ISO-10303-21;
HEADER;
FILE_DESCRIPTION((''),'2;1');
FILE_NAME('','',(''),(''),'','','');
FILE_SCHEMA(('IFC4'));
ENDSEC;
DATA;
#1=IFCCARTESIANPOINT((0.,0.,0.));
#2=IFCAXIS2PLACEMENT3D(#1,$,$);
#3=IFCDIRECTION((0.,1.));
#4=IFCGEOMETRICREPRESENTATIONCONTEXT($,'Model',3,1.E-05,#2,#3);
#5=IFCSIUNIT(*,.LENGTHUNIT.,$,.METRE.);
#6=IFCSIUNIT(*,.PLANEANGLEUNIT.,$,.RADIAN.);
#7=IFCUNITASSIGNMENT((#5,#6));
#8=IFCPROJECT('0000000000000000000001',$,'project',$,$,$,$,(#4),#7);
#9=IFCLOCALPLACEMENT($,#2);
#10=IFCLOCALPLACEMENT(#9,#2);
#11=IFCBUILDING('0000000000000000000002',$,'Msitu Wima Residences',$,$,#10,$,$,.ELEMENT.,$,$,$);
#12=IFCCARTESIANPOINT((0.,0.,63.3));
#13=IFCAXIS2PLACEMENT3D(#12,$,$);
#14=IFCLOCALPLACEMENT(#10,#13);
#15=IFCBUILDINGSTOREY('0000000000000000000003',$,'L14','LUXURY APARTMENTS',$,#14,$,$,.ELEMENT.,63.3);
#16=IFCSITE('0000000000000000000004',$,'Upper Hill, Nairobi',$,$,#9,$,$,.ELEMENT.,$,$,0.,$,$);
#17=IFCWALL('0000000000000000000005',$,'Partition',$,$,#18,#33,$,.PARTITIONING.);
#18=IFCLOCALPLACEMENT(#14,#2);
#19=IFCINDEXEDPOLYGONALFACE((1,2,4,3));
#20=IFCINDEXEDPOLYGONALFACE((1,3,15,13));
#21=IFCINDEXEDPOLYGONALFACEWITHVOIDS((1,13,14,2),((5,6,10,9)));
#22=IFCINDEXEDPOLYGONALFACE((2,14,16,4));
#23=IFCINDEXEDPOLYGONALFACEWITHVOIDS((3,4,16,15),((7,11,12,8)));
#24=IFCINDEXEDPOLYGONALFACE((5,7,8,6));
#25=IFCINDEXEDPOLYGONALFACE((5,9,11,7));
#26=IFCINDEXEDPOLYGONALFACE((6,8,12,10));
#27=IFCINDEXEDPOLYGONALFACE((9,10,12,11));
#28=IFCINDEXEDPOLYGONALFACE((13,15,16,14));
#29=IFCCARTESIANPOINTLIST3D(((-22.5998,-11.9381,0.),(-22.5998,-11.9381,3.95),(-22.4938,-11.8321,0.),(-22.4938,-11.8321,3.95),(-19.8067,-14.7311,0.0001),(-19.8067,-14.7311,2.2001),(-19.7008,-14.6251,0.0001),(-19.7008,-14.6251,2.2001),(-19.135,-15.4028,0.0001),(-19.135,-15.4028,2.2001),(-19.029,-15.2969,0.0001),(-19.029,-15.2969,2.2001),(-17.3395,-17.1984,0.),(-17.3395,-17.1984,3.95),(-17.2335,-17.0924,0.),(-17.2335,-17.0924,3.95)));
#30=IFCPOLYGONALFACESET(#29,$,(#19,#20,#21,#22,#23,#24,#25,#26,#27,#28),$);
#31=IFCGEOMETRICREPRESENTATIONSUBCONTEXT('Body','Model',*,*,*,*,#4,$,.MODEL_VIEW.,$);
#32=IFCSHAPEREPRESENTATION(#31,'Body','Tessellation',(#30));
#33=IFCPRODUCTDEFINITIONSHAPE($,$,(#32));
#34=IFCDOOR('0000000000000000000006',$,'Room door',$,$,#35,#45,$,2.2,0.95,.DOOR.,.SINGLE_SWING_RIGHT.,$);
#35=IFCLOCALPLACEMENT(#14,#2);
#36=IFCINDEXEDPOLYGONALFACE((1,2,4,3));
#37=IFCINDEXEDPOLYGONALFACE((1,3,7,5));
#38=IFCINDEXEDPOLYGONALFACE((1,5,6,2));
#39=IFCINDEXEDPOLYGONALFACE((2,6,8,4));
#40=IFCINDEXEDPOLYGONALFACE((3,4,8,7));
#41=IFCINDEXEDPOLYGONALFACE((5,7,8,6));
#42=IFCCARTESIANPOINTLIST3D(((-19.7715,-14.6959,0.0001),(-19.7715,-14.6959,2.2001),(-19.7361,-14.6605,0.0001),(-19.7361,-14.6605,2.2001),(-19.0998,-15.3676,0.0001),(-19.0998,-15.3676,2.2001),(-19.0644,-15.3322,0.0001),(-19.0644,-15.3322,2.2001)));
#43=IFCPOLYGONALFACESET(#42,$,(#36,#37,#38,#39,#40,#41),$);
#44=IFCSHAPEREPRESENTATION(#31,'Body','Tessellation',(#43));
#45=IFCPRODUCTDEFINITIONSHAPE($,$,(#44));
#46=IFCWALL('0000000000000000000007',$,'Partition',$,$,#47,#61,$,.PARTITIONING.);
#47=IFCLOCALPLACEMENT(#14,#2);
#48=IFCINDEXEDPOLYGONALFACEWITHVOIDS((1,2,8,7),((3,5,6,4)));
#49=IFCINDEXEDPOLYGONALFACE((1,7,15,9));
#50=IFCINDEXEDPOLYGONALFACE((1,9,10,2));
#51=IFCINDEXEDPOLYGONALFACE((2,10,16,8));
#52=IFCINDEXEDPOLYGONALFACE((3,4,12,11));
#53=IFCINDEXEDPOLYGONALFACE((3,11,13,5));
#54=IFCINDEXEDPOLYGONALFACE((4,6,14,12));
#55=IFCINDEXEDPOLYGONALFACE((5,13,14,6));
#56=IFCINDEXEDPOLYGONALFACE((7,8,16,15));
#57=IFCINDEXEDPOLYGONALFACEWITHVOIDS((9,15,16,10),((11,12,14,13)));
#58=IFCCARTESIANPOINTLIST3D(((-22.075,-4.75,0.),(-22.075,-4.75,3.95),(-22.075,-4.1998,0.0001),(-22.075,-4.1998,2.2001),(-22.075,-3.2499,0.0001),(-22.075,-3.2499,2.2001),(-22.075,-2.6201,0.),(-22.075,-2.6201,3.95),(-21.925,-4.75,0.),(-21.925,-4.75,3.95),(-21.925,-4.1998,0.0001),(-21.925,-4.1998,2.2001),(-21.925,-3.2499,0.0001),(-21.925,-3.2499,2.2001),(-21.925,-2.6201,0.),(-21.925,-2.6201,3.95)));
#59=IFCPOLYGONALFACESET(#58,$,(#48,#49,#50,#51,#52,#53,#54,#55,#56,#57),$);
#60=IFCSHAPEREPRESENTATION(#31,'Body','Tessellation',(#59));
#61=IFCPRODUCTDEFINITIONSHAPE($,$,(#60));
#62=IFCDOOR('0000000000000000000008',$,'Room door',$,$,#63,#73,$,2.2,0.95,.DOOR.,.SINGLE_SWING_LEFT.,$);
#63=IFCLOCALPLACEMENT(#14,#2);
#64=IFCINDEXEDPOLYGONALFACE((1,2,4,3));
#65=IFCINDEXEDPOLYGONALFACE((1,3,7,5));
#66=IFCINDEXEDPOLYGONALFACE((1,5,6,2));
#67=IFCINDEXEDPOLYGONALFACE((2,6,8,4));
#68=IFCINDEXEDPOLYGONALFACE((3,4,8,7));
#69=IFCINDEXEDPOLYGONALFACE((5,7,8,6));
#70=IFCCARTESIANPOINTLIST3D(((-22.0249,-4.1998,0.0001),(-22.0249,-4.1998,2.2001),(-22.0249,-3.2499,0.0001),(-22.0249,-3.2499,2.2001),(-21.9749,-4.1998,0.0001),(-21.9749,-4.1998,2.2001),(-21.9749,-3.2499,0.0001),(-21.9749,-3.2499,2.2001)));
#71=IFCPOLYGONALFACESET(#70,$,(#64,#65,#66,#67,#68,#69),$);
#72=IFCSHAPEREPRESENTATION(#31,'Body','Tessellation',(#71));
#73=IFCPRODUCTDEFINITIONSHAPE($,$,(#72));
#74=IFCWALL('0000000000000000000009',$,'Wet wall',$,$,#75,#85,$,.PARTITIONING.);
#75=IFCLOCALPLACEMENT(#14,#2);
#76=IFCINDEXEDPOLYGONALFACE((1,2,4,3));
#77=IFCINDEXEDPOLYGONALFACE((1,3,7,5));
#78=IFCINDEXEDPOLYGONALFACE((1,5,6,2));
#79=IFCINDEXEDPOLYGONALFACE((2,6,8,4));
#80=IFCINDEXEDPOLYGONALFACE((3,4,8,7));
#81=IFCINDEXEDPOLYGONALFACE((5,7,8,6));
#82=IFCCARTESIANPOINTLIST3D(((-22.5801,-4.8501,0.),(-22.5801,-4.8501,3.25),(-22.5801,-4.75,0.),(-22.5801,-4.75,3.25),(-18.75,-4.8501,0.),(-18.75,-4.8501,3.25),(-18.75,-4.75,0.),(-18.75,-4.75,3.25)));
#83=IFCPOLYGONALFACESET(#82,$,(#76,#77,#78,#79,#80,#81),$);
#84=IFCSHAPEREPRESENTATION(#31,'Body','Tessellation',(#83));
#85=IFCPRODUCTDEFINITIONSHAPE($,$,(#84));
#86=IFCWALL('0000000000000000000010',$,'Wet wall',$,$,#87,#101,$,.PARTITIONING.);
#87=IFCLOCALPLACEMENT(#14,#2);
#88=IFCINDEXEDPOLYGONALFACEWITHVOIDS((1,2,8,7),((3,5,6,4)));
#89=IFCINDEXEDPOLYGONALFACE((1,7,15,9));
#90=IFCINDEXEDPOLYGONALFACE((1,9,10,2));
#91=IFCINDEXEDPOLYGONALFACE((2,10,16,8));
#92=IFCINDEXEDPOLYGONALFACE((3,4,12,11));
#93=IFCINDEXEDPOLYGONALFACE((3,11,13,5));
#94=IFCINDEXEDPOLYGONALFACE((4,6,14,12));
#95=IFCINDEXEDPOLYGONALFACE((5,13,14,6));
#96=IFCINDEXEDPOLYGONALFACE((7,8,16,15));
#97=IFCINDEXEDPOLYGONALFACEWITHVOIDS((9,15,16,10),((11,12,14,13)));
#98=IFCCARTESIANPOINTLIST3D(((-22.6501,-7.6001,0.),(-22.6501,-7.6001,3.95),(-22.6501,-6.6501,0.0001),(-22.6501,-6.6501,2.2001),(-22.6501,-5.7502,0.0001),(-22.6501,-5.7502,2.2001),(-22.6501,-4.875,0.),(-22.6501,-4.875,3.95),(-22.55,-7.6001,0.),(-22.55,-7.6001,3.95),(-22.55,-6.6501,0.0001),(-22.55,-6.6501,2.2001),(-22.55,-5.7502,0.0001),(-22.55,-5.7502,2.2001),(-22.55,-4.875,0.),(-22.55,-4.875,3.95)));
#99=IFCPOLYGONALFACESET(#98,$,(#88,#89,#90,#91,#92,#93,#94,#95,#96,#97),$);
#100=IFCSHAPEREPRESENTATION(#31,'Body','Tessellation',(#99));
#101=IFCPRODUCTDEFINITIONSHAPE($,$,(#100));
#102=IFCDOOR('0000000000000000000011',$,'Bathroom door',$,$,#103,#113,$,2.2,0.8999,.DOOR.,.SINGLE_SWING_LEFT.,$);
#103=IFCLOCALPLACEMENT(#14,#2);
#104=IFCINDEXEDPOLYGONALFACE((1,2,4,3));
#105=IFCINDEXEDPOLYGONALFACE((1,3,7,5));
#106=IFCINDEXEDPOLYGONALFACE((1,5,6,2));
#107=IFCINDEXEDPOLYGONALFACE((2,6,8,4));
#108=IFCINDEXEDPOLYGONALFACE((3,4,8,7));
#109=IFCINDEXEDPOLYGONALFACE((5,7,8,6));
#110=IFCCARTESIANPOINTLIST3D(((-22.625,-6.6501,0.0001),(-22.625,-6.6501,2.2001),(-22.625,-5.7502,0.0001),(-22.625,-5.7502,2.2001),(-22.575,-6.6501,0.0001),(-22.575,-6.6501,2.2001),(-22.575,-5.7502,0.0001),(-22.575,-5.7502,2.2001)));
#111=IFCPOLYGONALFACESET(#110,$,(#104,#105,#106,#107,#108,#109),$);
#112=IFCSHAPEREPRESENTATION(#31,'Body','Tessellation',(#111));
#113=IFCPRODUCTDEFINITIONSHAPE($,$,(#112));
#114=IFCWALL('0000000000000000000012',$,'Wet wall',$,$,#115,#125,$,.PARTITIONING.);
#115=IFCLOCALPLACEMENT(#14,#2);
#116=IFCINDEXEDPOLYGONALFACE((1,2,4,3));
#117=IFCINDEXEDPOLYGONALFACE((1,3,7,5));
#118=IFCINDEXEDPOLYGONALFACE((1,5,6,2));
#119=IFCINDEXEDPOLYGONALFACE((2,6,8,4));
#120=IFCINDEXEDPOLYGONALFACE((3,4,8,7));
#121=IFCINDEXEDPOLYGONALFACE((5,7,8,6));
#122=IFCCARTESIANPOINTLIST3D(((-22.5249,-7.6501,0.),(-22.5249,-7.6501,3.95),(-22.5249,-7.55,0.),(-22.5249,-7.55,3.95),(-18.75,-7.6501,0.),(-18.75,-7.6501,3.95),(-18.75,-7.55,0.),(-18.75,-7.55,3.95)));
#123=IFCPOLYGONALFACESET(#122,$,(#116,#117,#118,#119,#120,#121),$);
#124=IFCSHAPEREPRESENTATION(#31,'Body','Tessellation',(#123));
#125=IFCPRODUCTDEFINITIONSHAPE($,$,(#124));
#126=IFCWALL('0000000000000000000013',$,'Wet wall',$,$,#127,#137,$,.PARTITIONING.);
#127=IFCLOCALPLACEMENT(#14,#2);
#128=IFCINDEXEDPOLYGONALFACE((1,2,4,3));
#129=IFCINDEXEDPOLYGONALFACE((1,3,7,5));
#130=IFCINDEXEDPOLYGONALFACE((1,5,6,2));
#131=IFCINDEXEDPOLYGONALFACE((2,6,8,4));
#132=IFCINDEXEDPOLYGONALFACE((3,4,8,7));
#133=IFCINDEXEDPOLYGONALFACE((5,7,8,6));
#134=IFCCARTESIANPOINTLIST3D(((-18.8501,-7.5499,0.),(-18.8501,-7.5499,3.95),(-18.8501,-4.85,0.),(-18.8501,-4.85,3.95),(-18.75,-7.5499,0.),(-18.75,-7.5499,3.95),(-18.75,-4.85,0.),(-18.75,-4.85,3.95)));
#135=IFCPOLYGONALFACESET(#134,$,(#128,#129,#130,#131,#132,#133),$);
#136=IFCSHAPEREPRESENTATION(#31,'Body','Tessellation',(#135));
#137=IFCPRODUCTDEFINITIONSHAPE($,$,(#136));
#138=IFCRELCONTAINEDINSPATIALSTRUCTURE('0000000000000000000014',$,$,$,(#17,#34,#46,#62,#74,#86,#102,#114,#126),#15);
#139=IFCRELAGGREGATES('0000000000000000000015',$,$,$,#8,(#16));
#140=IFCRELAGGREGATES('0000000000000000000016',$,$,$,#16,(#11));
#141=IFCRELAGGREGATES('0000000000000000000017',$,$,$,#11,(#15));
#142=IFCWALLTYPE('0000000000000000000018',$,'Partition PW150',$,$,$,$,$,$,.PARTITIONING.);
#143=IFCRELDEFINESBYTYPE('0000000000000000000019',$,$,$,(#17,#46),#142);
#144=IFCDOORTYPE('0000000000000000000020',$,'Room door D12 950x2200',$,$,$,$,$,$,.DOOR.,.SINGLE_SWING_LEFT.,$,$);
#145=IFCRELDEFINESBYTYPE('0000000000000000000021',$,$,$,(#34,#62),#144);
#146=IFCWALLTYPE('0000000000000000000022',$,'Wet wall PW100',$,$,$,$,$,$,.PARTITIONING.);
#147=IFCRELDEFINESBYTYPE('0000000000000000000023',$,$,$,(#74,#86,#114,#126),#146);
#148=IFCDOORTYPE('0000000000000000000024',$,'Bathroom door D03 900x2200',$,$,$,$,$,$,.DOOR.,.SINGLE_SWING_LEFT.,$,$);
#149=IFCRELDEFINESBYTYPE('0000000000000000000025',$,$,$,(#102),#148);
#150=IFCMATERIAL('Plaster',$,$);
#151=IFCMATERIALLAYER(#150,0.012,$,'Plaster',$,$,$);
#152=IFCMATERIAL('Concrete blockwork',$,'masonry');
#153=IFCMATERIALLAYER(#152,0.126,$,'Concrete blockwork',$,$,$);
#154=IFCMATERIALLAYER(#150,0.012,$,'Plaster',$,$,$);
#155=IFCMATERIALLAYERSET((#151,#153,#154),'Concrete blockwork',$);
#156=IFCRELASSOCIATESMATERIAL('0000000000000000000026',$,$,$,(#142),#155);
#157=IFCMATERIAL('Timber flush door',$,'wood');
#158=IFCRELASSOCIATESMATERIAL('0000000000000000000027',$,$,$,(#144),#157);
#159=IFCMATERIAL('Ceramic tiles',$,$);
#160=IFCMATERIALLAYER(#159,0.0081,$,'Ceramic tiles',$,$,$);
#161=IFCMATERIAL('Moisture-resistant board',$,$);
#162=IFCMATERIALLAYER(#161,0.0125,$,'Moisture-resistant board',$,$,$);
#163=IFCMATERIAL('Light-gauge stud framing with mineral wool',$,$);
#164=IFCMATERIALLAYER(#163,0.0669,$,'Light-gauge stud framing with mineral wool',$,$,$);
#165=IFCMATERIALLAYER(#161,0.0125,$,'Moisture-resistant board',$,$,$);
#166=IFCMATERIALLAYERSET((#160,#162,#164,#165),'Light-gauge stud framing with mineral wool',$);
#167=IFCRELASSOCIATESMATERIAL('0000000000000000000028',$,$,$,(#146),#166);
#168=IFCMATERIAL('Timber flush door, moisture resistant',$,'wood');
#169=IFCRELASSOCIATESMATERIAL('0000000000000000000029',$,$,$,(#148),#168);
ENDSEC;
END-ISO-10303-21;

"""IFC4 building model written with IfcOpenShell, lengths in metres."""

from ifc_helpers import new_model, si_unit, direction, frame, frame_2d, origin, place, context, subcontext, project, spatial, rectangle, extrude, material, layer, layer_set, type_object, element, fill, save


model = new_model("IFC4")

# Units and contexts
model_context = context("Model", 3, precision=1e-05, world=origin(), true_north=direction((0.0, 1.0)))
body_context = subcontext(model_context, "Body", "Model", "MODEL_VIEW")
ifc_project = project(units=[si_unit("LENGTHUNIT", "METRE"), si_unit("PLANEANGLEUNIT", "RADIAN")], contexts=[model_context])

# Site, building, storey
site_placement = place(None, origin())
site = spatial("IfcSite", under=ifc_project, at=site_placement, Name="Upper Hill, Nairobi", CompositionType="ELEMENT", RefElevation=0.0)
building_placement = place(site_placement, origin())
building = spatial("IfcBuilding", under=site, at=building_placement, Name="Msitu Wima Residences", CompositionType="ELEMENT")
storey_placement = place(building_placement, frame((0.0, 0.0, 63.3)))
storey = spatial("IfcBuildingStorey", under=building, at=storey_placement, Name="L14", Description="LUXURY APARTMENTS", CompositionType="ELEMENT", Elevation=63.3)

# Shared definitions
ifc_material_1 = material(Name="Plaster")
ifc_material_2 = material(Name="Concrete blockwork", Category="masonry")

# Shared definitions
ifc_layer_1 = layer(ifc_material_1, 0.012, Name="Plaster")
ifc_layer_2 = layer(ifc_material_2, 0.126, Name="Concrete blockwork")
ifc_layer_3 = layer(ifc_material_1, 0.012, Name="Plaster")
ifc_layer_set_1 = layer_set([ifc_layer_1, ifc_layer_2, ifc_layer_3], Name="Concrete blockwork")
wall_type_1 = type_object("IfcWallType", Name="Partition PW150", PredefinedType="PARTITIONING", material=ifc_layer_set_1)

# Shared definitions
ifc_material_3 = material(Name="Timber flush door", Category="wood")
door_type_1 = type_object("IfcDoorType", Name="Room door D12 950x2200", OperationType="SINGLE_SWING_LEFT", PredefinedType="DOOR", material=ifc_material_3)

# Walls, openings, doors
wall_1_placement = place(storey_placement, frame((-22.5469, -11.885, 0.0), z_axis=(0.0, 0.0, 1.0), x_axis=(0.707107, -0.707107, 0.0)))
wall_1 = element("IfcWall", 1, at=wall_1_placement, inside=storey, type_object=wall_type_1, Name="Partition", PredefinedType="PARTITIONING", context=body_context, shape_type="SweptSolid", body=[
    extrude(rectangle(XDim=7.4392, YDim=0.1499, at=frame_2d((3.7197, 0.0))), origin(), (0.0, 0.0, 1.0), 3.95),
])
opening_1_placement = place(wall_1_placement, frame((3.95, 0.0, 0.0)))
opening_1 = element("IfcOpeningElement", 2, at=opening_1_placement, cuts=wall_1, PredefinedType="OPENING", context=body_context, shape_type="SweptSolid", body=[
    extrude(rectangle(XDim=0.95, YDim=2.2, at=frame_2d((0.4751, 1.1001))), frame((0.0, 0.085, 0.0), z_axis=(0.0, -1.0, 0.0), x_axis=(1.0, 0.0, 0.0)), (0.0, 0.0, 1.0), 0.1699),
])
door_1_placement = place(opening_1_placement, origin())
door_1 = element("IfcDoor", 3, at=door_1_placement, inside=storey, type_object=door_type_1, Name="Room door", OperationType="SINGLE_SWING_RIGHT", OverallHeight=2.2, OverallWidth=0.95, PredefinedType="DOOR", context=body_context, shape_type="SweptSolid", body=[
    extrude(rectangle(XDim=0.95, YDim=2.2, at=frame_2d((0.4751, 1.1001))), frame((0.0, 0.0249, 0.0), z_axis=(0.0, -1.0, 0.0), x_axis=(1.0, 0.0, 0.0)), (0.0, 0.0, 1.0), 0.05),
])
fill(opening_1, door_1)
wall_2_placement = place(storey_placement, frame((-22.0, -4.75, 0.0), z_axis=(0.0, 0.0, 1.0), x_axis=(0.0, 1.0, 0.0)))
wall_2 = element("IfcWall", 4, at=wall_2_placement, inside=storey, type_object=wall_type_1, Name="Partition", PredefinedType="PARTITIONING", context=body_context, shape_type="SweptSolid", body=[
    extrude(rectangle(XDim=2.1299, YDim=0.1499, at=frame_2d((1.0649, 0.0))), origin(), (0.0, 0.0, 1.0), 3.95),
])
opening_2_placement = place(wall_2_placement, frame((0.55, 0.0, 0.0)))
opening_2 = element("IfcOpeningElement", 5, at=opening_2_placement, cuts=wall_2, PredefinedType="OPENING", context=body_context, shape_type="SweptSolid", body=[
    extrude(rectangle(XDim=0.95, YDim=2.2, at=frame_2d((0.4751, 1.1001))), frame((0.0, 0.085, 0.0), z_axis=(0.0, -1.0, 0.0), x_axis=(1.0, 0.0, 0.0)), (0.0, 0.0, 1.0), 0.1699),
])
door_2_placement = place(opening_2_placement, origin())
door_2 = element("IfcDoor", 6, at=door_2_placement, inside=storey, type_object=door_type_1, Name="Room door", OperationType="SINGLE_SWING_LEFT", OverallHeight=2.2, OverallWidth=0.95, PredefinedType="DOOR", context=body_context, shape_type="SweptSolid", body=[
    extrude(rectangle(XDim=0.95, YDim=2.2, at=frame_2d((0.4751, 1.1001))), frame((0.0, 0.0249, 0.0), z_axis=(0.0, -1.0, 0.0), x_axis=(1.0, 0.0, 0.0)), (0.0, 0.0, 1.0), 0.05),
])
fill(opening_2, door_2)

# Wall
ifc_material_4 = material(Name="Ceramic tiles")
ifc_layer_4 = layer(ifc_material_4, 0.0081, Name="Ceramic tiles")
ifc_material_5 = material(Name="Moisture-resistant board")
ifc_layer_5 = layer(ifc_material_5, 0.0125, Name="Moisture-resistant board")
ifc_material_6 = material(Name="Light-gauge stud framing with mineral wool")
ifc_layer_6 = layer(ifc_material_6, 0.0669, Name="Light-gauge stud framing with mineral wool")
ifc_layer_7 = layer(ifc_material_5, 0.0125, Name="Moisture-resistant board")
ifc_layer_set_2 = layer_set([ifc_layer_4, ifc_layer_5, ifc_layer_6, ifc_layer_7], Name="Light-gauge stud framing with mineral wool")
wall_type_2 = type_object("IfcWallType", Name="Wet wall PW100", PredefinedType="PARTITIONING", material=ifc_layer_set_2)
wall_3_placement = place(storey_placement, frame((-22.5801, -4.8, 0.0), z_axis=(0.0, 0.0, 1.0), x_axis=(1.0, 0.0, 0.0)))
element("IfcWall", 7, at=wall_3_placement, inside=storey, type_object=wall_type_2, Name="Wet wall", PredefinedType="PARTITIONING", context=body_context, shape_type="SweptSolid", body=[
    extrude(rectangle(XDim=3.8301, YDim=0.1001, at=frame_2d((1.915, 0.0))), origin(), (0.0, 0.0, 1.0), 3.25),
])

# Wall, opening, door
wall_4_placement = place(storey_placement, frame((-22.6001, -7.6001, 0.0), z_axis=(0.0, 0.0, 1.0), x_axis=(0.0, 1.0, 0.0)))
wall_4 = element("IfcWall", 8, at=wall_4_placement, inside=storey, type_object=wall_type_2, Name="Wet wall", PredefinedType="PARTITIONING", context=body_context, shape_type="SweptSolid", body=[
    extrude(rectangle(XDim=2.7251, YDim=0.1001, at=frame_2d((1.3625, 0.0))), origin(), (0.0, 0.0, 1.0), 3.95),
])
opening_3_placement = place(wall_4_placement, frame((0.95, 0.0, 0.0)))
opening_3 = element("IfcOpeningElement", 9, at=opening_3_placement, cuts=wall_4, PredefinedType="OPENING", context=body_context, shape_type="SweptSolid", body=[
    extrude(rectangle(XDim=0.8999, YDim=2.2, at=frame_2d((0.45, 1.1001))), frame((0.0, 0.0601, 0.0), z_axis=(0.0, -1.0, 0.0), x_axis=(1.0, 0.0, 0.0)), (0.0, 0.0, 1.0), 0.1201),
])
ifc_material_7 = material(Name="Timber flush door, moisture resistant", Category="wood")
door_type_2 = type_object("IfcDoorType", Name="Bathroom door D03 900x2200", OperationType="SINGLE_SWING_LEFT", PredefinedType="DOOR", material=ifc_material_7)
door_3_placement = place(opening_3_placement, origin())
door_3 = element("IfcDoor", 10, at=door_3_placement, inside=storey, type_object=door_type_2, Name="Bathroom door", OperationType="SINGLE_SWING_LEFT", OverallHeight=2.2, OverallWidth=0.8999, PredefinedType="DOOR", context=body_context, shape_type="SweptSolid", body=[
    extrude(rectangle(XDim=0.8999, YDim=2.2, at=frame_2d((0.45, 1.1001))), frame((0.0, 0.0249, 0.0), z_axis=(0.0, -1.0, 0.0), x_axis=(1.0, 0.0, 0.0)), (0.0, 0.0, 1.0), 0.05),
])
fill(opening_3, door_3)

# Walls
wall_5_placement = place(storey_placement, frame((-22.5249, -7.6001, 0.0), z_axis=(0.0, 0.0, 1.0), x_axis=(1.0, 0.0, 0.0)))
element("IfcWall", 11, at=wall_5_placement, inside=storey, type_object=wall_type_2, Name="Wet wall", PredefinedType="PARTITIONING", context=body_context, shape_type="SweptSolid", body=[
    extrude(rectangle(XDim=3.7749, YDim=0.1001, at=frame_2d((1.8875, 0.0))), origin(), (0.0, 0.0, 1.0), 3.95),
])
wall_6_placement = place(storey_placement, frame((-18.8, -7.55, 0.0), z_axis=(0.0, 0.0, 1.0), x_axis=(0.0, 1.0, 0.0)))
element("IfcWall", 12, at=wall_6_placement, inside=storey, type_object=wall_type_2, Name="Wet wall", PredefinedType="PARTITIONING", context=body_context, shape_type="SweptSolid", body=[
    extrude(rectangle(XDim=2.7, YDim=0.1001, at=frame_2d((1.3501, 0.0))), origin(), (0.0, 0.0, 1.0), 3.95),
])

save(model, "model.ifc")
